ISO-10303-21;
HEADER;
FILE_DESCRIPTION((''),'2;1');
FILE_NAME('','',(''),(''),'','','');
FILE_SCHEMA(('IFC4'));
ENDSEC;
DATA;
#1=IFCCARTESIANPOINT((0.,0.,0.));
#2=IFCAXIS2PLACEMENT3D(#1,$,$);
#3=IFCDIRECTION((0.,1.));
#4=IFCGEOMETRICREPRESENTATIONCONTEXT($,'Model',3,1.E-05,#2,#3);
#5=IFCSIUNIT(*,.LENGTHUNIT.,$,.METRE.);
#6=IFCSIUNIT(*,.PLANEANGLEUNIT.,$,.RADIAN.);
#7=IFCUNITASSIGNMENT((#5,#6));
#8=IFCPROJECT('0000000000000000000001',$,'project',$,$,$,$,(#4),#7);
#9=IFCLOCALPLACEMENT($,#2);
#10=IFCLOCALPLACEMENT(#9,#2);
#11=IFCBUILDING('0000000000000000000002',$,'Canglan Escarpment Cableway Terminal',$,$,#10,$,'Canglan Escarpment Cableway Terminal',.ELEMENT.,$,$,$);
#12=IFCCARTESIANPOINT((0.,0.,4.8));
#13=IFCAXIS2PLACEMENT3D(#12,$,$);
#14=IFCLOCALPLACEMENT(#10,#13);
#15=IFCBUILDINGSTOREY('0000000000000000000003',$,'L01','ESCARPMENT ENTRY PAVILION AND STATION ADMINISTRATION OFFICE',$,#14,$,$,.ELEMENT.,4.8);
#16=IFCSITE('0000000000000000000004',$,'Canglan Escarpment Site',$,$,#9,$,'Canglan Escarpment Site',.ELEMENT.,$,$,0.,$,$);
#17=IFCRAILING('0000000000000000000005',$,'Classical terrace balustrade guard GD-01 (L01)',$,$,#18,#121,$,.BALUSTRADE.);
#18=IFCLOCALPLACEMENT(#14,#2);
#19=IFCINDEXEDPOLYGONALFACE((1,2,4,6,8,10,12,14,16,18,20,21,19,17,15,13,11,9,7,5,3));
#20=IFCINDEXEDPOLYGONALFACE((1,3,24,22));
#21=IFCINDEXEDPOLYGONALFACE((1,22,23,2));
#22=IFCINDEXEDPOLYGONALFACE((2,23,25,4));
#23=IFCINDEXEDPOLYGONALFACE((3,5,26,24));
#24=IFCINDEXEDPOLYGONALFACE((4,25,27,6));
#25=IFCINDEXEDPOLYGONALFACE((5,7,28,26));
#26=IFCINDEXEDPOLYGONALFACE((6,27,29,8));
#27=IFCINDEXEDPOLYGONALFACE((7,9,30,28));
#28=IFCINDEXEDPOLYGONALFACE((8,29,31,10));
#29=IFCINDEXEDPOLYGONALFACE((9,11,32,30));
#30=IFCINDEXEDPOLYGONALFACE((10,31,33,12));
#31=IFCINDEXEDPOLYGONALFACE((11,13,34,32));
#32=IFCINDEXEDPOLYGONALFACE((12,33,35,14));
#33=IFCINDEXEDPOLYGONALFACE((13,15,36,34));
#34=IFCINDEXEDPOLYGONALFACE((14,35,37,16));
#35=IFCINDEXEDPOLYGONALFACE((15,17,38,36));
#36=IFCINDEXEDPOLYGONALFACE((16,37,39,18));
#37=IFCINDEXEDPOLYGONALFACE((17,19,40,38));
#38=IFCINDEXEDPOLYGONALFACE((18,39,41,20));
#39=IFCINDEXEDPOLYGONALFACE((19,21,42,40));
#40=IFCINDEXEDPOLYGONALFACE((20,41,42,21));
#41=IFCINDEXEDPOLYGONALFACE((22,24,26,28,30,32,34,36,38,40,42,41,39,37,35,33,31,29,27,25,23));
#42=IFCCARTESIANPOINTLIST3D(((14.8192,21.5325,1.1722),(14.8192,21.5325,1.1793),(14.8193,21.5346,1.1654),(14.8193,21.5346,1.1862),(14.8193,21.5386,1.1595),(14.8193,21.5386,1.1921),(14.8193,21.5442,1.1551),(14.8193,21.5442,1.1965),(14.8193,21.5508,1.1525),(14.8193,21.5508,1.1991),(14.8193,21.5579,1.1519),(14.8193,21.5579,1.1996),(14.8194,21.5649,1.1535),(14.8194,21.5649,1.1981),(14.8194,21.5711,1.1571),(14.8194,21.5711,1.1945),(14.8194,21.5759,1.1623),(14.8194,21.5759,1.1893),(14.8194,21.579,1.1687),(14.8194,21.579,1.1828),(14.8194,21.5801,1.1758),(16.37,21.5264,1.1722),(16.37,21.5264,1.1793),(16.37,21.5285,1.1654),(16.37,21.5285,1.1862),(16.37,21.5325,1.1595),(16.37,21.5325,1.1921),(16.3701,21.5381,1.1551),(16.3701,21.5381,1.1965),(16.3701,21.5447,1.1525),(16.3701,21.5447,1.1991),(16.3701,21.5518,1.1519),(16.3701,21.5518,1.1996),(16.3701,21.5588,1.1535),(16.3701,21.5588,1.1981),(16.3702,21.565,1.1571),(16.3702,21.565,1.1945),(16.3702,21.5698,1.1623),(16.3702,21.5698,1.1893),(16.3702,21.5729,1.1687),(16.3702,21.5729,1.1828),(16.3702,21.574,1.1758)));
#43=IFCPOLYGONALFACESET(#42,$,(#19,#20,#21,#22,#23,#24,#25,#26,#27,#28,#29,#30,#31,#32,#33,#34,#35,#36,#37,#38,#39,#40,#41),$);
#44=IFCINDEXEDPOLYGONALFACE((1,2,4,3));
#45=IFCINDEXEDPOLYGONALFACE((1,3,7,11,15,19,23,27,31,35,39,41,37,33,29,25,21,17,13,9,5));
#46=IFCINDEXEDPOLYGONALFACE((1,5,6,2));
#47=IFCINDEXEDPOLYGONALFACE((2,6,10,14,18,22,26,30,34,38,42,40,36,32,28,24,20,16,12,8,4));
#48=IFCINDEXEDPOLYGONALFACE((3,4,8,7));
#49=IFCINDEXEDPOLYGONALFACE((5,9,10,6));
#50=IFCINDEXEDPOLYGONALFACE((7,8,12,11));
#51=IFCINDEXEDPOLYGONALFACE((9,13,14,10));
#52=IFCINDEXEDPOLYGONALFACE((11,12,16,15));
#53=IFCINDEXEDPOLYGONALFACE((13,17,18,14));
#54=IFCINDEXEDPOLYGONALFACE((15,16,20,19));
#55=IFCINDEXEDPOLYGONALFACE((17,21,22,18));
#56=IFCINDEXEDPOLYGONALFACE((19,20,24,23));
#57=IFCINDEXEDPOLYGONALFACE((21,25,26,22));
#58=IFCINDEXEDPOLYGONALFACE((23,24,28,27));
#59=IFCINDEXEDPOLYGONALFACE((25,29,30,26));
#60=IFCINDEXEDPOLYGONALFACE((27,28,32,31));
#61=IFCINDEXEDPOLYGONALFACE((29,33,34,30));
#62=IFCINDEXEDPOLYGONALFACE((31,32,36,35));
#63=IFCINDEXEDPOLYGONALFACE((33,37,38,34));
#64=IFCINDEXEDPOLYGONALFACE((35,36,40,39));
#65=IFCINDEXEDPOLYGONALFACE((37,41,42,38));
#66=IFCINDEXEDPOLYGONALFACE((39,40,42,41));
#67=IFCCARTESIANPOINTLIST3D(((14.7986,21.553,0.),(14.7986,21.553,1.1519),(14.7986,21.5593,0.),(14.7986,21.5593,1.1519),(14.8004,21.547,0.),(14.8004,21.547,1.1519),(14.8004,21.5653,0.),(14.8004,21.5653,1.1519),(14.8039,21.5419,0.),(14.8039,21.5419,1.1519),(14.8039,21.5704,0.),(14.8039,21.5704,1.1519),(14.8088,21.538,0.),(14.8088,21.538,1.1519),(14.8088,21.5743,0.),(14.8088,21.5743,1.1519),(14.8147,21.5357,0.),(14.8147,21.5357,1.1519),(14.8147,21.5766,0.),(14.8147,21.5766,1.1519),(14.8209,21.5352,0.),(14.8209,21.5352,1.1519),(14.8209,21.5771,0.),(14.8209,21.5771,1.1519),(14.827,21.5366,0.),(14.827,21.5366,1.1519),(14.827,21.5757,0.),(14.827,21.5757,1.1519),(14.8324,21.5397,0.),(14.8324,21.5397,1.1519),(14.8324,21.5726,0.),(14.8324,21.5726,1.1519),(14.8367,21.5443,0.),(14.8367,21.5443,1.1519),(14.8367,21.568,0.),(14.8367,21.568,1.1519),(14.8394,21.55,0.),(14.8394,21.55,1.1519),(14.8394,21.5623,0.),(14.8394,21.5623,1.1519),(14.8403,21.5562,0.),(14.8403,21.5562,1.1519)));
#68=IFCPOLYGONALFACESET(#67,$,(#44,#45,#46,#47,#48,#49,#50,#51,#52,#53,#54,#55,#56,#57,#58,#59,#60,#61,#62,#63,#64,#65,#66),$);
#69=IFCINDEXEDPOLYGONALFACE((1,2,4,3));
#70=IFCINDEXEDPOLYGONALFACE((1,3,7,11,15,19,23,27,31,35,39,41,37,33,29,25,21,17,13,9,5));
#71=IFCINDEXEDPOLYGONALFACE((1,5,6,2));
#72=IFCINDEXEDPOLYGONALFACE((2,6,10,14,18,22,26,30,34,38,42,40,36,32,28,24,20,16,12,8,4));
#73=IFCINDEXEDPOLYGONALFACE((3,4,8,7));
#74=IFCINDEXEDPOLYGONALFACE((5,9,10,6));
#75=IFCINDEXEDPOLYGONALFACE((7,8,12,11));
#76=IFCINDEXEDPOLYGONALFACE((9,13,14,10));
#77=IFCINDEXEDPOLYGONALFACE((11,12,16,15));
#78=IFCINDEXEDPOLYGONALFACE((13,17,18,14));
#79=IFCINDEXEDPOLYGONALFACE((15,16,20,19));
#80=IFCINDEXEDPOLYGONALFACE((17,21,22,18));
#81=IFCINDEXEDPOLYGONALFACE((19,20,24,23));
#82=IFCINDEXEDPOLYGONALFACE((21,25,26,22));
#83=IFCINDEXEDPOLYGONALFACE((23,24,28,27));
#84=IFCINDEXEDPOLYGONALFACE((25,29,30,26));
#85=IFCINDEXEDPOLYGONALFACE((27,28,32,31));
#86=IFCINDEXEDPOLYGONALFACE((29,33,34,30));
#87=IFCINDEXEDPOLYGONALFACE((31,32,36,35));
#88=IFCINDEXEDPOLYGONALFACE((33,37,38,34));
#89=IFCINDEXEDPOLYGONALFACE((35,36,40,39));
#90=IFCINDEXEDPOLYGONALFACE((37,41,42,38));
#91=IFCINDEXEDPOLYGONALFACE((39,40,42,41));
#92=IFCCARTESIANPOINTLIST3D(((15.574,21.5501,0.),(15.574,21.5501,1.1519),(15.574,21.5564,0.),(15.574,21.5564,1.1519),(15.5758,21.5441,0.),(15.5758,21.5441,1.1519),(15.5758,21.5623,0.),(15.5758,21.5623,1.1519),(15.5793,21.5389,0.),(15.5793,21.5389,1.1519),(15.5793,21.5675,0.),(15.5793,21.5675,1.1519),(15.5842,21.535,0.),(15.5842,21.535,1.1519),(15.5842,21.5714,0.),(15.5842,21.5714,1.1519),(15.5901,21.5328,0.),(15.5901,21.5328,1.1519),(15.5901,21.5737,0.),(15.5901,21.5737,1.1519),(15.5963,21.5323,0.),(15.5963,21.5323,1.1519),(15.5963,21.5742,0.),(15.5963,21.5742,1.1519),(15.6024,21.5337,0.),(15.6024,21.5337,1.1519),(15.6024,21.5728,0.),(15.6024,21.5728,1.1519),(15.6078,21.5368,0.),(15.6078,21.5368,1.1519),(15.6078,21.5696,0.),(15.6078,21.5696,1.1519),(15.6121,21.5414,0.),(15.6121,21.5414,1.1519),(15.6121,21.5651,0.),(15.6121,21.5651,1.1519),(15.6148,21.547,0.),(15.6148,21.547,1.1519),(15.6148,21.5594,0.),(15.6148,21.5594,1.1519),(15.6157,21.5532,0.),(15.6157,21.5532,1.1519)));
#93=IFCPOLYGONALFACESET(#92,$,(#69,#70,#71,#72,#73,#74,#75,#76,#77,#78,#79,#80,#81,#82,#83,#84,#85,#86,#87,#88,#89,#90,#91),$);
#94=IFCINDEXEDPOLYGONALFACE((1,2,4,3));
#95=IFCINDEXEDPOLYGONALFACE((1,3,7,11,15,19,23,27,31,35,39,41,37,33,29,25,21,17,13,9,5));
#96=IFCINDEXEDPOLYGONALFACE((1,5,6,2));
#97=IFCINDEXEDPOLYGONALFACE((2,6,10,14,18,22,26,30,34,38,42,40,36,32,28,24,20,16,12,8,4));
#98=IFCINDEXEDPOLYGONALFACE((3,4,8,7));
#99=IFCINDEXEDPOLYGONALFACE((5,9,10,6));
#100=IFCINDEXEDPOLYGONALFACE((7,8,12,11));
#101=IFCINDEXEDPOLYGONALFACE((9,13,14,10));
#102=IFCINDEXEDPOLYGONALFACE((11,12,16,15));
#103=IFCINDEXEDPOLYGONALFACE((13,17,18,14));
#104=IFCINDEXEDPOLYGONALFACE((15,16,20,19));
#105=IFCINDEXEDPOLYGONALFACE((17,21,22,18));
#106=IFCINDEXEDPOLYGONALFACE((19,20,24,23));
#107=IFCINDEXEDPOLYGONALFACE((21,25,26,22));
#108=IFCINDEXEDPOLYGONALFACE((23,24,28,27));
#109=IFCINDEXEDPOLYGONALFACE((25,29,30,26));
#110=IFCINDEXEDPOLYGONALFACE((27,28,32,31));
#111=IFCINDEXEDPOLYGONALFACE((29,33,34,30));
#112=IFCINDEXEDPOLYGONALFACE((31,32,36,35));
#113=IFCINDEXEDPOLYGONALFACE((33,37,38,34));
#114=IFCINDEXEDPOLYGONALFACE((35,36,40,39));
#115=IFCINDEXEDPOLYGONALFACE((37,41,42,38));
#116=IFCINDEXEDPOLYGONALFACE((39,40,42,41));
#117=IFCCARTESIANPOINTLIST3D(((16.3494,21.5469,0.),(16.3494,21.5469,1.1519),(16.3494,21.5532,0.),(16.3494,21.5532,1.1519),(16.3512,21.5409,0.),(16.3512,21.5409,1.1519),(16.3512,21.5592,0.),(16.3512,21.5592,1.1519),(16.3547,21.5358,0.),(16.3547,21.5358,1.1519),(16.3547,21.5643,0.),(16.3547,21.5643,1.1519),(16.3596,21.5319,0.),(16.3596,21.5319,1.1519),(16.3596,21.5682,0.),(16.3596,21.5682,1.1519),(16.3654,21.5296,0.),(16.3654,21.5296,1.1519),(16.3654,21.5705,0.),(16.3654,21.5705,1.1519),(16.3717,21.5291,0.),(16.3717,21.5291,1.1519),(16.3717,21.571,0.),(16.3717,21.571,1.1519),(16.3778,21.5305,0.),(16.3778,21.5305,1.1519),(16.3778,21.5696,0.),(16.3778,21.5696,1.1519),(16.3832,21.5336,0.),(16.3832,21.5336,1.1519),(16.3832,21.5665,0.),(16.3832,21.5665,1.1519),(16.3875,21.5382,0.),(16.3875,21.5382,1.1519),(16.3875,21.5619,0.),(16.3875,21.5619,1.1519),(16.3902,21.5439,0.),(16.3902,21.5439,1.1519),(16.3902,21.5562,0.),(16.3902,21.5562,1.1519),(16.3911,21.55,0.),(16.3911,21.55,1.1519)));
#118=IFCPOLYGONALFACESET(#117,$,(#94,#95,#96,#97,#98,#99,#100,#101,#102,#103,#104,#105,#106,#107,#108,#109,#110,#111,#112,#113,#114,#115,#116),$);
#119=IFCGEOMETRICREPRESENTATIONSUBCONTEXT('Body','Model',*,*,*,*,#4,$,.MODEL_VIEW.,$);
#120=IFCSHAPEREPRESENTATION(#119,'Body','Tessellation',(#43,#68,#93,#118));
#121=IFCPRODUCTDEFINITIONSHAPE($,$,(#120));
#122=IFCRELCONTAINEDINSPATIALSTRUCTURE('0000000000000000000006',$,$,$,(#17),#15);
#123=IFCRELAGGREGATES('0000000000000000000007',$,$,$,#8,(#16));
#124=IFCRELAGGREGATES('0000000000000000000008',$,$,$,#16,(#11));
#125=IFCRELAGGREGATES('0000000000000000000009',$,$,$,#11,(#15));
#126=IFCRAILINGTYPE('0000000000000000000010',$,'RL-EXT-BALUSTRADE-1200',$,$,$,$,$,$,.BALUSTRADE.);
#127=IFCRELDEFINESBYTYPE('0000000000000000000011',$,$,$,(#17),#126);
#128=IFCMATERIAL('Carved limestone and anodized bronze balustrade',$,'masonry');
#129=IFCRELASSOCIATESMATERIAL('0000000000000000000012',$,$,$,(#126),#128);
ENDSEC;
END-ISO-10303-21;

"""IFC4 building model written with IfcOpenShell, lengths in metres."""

from ifc_helpers import new_model, si_unit, direction, frame, origin, origin_2d, place, context, subcontext, project, spatial, circle, extrude, material, type_object, element, save


model = new_model("IFC4")

# Units and contexts
model_context = context("Model", 3, precision=1e-05, world=origin(), true_north=direction((0.0, 1.0)))
body_context = subcontext(model_context, "Body", "Model", "MODEL_VIEW")
ifc_project = project(units=[si_unit("LENGTHUNIT", "METRE"), si_unit("PLANEANGLEUNIT", "RADIAN")], contexts=[model_context])

# Site, building, storey
site_placement = place(None, origin())
site = spatial("IfcSite", under=ifc_project, at=site_placement, Name="Canglan Escarpment Site", LongName="Canglan Escarpment Site", CompositionType="ELEMENT", RefElevation=0.0)
building_placement = place(site_placement, origin())
building = spatial("IfcBuilding", under=site, at=building_placement, Name="Canglan Escarpment Cableway Terminal", LongName="Canglan Escarpment Cableway Terminal", CompositionType="ELEMENT")
storey_placement = place(building_placement, frame((0.0, 0.0, 4.8)))
storey = spatial("IfcBuildingStorey", under=building, at=storey_placement, Name="L01", Description="ESCARPMENT ENTRY PAVILION AND STATION ADMINISTRATION OFFICE", CompositionType="ELEMENT", Elevation=4.8)

# Railing
ifc_material_1 = material(Name="Carved limestone and anodized bronze balustrade", Category="masonry")
railing_type = type_object("IfcRailingType", Name="RL-EXT-BALUSTRADE-1200", PredefinedType="BALUSTRADE", material=ifc_material_1)
railing_1_placement = place(storey_placement, frame((14.8193, 21.5562, 0.0)))
element("IfcRailing", 1, at=railing_1_placement, inside=storey, type_object=railing_type, Name="Classical terrace balustrade guard GD-01 (L01)", PredefinedType="BALUSTRADE", context=body_context, shape_type="SweptSolid", body=[
    extrude(circle(Radius=0.0239, at=origin_2d()), frame((0.0, 0.0, 1.1758), z_axis=(0.999992, -0.003936, 0.0), x_axis=(0.003936, 0.999992, 0.0)), (0.0, 0.0, 1.0), 1.5508),
    extrude(circle(Radius=0.021, at=origin_2d()), origin(), (0.0, 0.0, 1.0), 1.1519),
    extrude(circle(Radius=0.021, at=origin_2d()), frame((0.7754, -0.0029, 0.0)), (0.0, 0.0, 1.0), 1.1519),
    extrude(circle(Radius=0.021, at=origin_2d()), frame((1.5508, -0.0061, 0.0)), (0.0, 0.0, 1.0), 1.1519),
])

save(model, "model.ifc")
